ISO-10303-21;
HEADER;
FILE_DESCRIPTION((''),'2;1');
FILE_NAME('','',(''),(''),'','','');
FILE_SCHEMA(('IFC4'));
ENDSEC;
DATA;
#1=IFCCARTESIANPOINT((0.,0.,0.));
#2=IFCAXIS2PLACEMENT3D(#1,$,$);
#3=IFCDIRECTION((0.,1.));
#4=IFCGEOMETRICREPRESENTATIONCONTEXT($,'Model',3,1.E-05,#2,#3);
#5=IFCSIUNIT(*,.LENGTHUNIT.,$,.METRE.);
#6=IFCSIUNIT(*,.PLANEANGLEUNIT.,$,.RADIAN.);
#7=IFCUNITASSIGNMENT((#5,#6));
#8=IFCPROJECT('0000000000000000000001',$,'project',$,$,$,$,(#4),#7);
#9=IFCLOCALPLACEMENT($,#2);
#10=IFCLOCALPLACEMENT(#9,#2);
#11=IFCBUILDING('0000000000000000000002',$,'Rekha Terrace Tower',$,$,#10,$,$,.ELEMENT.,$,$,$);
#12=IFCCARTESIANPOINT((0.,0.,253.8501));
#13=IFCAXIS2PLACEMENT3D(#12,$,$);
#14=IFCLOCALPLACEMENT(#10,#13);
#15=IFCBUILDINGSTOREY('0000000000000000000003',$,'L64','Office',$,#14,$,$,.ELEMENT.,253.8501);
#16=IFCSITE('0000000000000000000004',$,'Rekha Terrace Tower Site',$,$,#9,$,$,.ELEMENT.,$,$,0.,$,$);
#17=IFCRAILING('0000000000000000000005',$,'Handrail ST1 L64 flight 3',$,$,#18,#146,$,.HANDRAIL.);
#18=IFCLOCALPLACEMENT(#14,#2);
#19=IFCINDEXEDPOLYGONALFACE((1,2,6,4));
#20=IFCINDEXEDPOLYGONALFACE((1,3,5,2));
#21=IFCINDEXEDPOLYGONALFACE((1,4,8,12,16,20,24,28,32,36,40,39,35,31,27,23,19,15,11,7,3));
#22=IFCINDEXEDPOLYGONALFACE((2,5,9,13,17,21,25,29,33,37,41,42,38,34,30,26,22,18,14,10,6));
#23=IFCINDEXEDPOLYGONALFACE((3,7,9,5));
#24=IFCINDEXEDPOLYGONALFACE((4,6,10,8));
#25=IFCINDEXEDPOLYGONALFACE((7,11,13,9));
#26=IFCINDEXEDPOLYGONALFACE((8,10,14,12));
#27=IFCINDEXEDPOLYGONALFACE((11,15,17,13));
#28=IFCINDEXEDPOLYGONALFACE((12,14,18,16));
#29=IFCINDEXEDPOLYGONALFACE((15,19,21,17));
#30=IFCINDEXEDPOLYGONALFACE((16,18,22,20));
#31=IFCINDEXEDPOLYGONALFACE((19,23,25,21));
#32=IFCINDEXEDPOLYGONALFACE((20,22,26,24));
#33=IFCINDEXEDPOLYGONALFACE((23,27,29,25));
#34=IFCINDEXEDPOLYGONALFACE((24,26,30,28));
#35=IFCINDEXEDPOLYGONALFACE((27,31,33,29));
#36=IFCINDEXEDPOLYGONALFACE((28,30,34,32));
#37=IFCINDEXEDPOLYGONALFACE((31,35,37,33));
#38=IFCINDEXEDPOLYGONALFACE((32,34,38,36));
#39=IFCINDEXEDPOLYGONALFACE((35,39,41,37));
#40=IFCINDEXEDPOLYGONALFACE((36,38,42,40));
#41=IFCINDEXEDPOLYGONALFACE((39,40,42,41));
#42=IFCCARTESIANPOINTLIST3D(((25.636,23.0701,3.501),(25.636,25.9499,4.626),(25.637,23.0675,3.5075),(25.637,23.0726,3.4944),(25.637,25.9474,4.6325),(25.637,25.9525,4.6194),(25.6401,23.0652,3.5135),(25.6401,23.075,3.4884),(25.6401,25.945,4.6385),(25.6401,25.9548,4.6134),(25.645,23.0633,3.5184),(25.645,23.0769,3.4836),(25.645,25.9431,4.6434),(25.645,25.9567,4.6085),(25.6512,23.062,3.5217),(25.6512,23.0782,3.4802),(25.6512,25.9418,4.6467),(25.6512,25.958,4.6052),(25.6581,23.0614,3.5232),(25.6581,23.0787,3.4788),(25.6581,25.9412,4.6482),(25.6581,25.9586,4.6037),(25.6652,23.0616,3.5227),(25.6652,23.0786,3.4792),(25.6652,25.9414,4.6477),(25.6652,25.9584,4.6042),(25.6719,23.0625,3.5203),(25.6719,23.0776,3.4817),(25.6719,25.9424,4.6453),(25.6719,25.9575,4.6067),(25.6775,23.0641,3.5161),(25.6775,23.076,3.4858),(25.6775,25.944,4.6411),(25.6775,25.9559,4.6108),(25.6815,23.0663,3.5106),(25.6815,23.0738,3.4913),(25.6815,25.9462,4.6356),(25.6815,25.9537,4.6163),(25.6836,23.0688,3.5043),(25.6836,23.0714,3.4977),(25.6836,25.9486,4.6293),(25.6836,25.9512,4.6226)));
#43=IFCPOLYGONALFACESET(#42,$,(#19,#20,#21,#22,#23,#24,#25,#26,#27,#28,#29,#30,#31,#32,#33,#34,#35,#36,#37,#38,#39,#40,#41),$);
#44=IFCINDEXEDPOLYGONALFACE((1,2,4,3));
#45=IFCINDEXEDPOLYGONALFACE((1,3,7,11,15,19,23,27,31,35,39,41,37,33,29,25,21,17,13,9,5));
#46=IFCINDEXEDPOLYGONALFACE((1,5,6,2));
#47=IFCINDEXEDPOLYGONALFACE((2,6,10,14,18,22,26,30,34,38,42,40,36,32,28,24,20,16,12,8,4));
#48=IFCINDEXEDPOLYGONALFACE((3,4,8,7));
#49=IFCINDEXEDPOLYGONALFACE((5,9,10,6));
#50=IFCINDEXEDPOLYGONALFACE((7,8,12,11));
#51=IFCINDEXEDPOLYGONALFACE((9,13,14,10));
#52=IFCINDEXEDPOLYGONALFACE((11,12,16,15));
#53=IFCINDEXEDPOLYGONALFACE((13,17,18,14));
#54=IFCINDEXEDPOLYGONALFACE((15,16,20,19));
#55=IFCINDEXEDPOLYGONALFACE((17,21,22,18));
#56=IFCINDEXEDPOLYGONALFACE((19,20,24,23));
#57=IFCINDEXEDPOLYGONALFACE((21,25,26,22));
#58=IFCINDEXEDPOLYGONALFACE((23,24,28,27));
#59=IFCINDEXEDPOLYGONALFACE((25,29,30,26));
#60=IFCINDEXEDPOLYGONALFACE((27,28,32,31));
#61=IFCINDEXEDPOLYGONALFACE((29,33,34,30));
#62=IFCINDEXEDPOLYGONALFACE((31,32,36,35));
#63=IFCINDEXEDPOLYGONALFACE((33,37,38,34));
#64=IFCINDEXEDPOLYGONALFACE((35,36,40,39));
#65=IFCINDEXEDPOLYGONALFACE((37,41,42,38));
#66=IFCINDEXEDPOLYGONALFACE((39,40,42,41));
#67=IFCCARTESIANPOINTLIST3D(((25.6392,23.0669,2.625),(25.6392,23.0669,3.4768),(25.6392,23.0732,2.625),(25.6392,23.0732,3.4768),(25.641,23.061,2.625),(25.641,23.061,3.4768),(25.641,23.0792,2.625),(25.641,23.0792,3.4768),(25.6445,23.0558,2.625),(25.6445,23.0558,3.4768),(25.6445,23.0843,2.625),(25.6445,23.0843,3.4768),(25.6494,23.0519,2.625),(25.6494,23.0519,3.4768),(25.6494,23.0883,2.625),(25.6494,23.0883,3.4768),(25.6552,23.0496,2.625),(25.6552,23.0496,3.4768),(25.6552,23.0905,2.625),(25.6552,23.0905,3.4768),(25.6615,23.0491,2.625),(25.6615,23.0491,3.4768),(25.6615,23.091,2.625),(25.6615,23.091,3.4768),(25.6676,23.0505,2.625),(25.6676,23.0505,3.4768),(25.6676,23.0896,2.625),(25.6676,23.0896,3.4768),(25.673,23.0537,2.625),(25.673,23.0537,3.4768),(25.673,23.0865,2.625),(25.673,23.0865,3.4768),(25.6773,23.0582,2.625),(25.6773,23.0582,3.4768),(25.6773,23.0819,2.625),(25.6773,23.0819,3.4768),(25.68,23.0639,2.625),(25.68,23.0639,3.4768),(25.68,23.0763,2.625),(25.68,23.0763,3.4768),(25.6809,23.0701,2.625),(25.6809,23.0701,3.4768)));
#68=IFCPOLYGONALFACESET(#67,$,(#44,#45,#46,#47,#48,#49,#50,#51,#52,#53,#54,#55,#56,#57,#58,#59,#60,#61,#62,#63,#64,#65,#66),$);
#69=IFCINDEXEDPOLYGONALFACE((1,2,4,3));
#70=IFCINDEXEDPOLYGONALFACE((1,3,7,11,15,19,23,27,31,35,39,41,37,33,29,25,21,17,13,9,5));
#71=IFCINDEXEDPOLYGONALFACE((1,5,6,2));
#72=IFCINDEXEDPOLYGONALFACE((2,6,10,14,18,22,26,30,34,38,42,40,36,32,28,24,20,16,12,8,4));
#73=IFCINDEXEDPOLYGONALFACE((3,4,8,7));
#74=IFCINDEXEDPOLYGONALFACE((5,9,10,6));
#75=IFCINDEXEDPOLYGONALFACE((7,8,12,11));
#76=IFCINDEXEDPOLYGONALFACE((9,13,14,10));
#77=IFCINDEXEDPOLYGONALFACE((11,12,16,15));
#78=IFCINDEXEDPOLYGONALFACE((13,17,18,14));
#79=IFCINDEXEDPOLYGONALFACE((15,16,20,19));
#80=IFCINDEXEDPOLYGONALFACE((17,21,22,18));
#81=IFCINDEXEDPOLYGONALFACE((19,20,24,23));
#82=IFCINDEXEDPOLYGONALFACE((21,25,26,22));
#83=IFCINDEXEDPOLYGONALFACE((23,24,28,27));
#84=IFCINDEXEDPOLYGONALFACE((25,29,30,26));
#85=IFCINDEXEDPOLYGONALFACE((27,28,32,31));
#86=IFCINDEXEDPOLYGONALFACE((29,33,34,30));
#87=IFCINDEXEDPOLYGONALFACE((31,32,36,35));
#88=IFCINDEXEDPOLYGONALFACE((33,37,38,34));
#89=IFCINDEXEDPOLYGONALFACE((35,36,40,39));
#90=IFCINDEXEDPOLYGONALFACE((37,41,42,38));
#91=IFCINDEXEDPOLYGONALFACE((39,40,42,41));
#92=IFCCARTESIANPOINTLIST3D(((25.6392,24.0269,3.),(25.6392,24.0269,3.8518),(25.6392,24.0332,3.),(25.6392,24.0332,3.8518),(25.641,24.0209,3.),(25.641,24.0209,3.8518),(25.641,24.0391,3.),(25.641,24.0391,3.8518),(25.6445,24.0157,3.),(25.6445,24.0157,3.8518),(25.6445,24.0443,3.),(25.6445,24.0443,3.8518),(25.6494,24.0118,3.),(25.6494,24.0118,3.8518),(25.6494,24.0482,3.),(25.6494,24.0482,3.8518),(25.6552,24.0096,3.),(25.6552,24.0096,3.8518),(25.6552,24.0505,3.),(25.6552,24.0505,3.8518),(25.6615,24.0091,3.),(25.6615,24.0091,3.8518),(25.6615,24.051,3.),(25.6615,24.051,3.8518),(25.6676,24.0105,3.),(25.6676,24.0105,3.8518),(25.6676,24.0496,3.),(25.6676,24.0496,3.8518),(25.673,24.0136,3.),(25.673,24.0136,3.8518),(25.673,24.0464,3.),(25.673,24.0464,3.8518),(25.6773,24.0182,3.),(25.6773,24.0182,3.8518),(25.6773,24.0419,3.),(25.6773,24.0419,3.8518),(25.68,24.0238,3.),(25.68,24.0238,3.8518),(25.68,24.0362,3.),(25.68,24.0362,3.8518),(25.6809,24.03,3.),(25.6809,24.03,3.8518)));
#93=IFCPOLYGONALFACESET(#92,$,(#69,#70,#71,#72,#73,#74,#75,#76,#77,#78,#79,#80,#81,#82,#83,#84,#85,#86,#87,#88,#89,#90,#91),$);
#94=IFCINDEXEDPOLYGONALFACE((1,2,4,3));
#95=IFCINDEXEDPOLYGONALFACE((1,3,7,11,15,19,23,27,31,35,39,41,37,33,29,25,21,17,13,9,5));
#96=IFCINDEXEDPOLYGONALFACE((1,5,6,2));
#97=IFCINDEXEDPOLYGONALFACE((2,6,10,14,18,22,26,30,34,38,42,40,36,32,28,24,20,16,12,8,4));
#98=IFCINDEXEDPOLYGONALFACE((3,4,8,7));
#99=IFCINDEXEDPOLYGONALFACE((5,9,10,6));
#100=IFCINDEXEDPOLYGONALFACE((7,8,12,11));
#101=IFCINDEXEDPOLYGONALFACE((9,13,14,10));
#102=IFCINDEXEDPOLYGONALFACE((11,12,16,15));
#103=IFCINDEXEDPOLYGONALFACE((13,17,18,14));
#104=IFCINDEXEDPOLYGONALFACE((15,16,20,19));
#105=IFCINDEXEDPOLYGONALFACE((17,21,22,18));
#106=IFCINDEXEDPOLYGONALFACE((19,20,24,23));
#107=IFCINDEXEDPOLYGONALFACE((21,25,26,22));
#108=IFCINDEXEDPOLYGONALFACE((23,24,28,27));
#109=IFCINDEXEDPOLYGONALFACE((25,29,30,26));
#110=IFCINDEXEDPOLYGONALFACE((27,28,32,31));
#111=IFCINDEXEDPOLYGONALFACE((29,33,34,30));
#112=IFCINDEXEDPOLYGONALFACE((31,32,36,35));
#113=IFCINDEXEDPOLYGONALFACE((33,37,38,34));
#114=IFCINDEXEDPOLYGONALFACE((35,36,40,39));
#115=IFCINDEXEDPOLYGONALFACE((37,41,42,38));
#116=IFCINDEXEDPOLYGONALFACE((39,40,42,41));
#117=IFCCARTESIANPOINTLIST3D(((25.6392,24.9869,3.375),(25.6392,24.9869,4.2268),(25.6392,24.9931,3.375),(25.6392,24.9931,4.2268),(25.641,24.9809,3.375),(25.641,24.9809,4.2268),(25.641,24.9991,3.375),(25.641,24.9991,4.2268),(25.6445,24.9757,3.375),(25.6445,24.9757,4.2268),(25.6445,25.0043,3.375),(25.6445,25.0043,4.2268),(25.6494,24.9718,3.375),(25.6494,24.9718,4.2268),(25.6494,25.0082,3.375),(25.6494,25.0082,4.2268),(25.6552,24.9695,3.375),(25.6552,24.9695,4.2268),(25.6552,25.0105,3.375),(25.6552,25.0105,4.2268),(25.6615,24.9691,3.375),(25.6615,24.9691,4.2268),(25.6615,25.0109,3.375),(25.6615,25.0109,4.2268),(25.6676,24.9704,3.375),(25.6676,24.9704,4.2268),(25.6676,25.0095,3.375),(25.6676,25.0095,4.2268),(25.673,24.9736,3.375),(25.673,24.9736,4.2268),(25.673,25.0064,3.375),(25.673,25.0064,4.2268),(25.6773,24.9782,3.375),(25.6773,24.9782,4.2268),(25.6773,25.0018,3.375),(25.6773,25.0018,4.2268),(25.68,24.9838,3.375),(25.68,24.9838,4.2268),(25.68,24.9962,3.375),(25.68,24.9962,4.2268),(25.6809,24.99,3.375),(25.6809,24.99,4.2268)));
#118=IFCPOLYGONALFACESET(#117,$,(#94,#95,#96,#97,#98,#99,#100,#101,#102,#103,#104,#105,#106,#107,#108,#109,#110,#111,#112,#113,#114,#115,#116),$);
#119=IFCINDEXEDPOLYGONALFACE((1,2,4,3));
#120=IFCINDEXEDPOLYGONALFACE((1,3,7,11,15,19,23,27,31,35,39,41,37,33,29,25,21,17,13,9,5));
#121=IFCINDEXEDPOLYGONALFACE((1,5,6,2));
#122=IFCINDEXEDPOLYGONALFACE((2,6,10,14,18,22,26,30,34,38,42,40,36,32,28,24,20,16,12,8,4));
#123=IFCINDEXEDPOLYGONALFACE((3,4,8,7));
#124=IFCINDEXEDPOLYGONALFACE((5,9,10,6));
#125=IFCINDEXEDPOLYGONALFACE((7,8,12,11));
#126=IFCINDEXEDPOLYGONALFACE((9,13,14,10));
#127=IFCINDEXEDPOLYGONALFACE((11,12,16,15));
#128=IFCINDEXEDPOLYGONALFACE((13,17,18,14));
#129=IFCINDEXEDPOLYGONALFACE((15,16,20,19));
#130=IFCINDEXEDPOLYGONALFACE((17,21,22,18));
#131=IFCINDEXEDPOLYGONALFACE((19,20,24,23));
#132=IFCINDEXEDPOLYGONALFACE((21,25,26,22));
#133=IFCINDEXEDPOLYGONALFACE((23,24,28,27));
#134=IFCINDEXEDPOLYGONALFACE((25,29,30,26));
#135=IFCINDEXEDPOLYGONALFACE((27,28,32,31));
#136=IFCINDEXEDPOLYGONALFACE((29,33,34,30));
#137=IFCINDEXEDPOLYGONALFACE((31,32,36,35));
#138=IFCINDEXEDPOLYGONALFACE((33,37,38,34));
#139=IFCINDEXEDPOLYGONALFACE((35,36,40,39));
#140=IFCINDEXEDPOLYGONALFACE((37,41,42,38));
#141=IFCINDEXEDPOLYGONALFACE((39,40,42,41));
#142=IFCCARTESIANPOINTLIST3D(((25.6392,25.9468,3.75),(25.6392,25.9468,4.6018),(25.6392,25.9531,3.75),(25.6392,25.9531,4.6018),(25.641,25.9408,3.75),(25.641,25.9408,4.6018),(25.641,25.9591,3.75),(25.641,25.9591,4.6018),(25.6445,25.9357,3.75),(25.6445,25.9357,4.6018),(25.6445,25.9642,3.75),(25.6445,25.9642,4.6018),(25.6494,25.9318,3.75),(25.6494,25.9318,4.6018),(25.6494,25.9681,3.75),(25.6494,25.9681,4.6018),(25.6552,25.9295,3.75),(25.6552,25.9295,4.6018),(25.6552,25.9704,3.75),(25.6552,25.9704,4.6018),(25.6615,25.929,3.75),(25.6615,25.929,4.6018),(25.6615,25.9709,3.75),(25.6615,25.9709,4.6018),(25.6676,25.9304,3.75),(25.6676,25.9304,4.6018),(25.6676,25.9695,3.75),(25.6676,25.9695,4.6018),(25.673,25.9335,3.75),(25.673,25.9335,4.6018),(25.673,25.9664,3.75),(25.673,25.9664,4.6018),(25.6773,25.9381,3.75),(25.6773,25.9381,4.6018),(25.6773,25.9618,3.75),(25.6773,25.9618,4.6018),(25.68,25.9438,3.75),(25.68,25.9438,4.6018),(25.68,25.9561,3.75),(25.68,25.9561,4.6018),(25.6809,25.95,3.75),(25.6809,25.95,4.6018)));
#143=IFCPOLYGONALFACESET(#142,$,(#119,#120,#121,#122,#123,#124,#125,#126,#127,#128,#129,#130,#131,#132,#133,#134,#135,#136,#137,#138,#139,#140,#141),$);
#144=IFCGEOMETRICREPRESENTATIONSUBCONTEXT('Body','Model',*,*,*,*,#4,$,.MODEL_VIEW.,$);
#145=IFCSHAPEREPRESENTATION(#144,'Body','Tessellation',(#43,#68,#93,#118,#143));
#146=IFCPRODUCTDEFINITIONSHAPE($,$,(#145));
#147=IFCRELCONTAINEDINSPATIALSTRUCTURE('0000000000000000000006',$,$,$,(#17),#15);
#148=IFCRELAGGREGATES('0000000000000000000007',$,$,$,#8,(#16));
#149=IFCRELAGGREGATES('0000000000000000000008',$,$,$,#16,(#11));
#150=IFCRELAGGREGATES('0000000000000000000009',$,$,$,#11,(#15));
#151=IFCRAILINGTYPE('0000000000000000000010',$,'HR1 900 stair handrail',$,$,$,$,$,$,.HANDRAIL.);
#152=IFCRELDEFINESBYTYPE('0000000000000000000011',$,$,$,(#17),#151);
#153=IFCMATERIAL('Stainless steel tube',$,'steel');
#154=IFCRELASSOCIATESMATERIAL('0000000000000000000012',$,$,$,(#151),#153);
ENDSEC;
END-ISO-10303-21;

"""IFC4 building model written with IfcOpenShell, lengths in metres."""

from ifc_helpers import new_model, si_unit, direction, frame, origin, origin_2d, place, context, subcontext, project, spatial, circle, extrude, material, type_object, element, save


model = new_model("IFC4")

# Units and contexts
model_context = context("Model", 3, precision=1e-05, world=origin(), true_north=direction((0.0, 1.0)))
body_context = subcontext(model_context, "Body", "Model", "MODEL_VIEW")
ifc_project = project(units=[si_unit("LENGTHUNIT", "METRE"), si_unit("PLANEANGLEUNIT", "RADIAN")], contexts=[model_context])

# Site, building, storey
site_placement = place(None, origin())
site = spatial("IfcSite", under=ifc_project, at=site_placement, Name="Rekha Terrace Tower Site", CompositionType="ELEMENT", RefElevation=0.0)
building_placement = place(site_placement, origin())
building = spatial("IfcBuilding", under=site, at=building_placement, Name="Rekha Terrace Tower", CompositionType="ELEMENT")
storey_placement = place(building_placement, frame((0.0, 0.0, 253.8501)))
storey = spatial("IfcBuildingStorey", under=building, at=storey_placement, Name="L64", Description="Office", CompositionType="ELEMENT", Elevation=253.8501)

# Railing
ifc_material_1 = material(Name="Stainless steel tube", Category="steel")
railing_type_1 = type_object("IfcRailingType", Name="HR1 900 stair handrail", PredefinedType="HANDRAIL", material=ifc_material_1)
railing_1_placement = place(storey_placement, frame((25.6599, 23.0701, 2.625)))
element("IfcRailing", 1, at=railing_1_placement, inside=storey, type_object=railing_type_1, Name="Handrail ST1 L64 flight 3", PredefinedType="HANDRAIL", context=body_context, shape_type="SweptSolid", body=[
    extrude(circle(Radius=0.0239, at=origin_2d()), frame((0.0, 0.0, 0.876), z_axis=(0.0, 0.931452, 0.363863), x_axis=(-1.0, 0.0, 0.0)), (0.0, 0.0, 1.0), 3.0918),
    extrude(circle(Radius=0.021, at=origin_2d()), origin(), (0.0, 0.0, 1.0), 0.8518),
    extrude(circle(Radius=0.021, at=origin_2d()), frame((0.0, 0.96, 0.375)), (0.0, 0.0, 1.0), 0.8518),
    extrude(circle(Radius=0.021, at=origin_2d()), frame((0.0, 1.9199, 0.75)), (0.0, 0.0, 1.0), 0.8518),
    extrude(circle(Radius=0.021, at=origin_2d()), frame((0.0, 2.8799, 1.125)), (0.0, 0.0, 1.0), 0.8518),
])

save(model, "model.ifc")
